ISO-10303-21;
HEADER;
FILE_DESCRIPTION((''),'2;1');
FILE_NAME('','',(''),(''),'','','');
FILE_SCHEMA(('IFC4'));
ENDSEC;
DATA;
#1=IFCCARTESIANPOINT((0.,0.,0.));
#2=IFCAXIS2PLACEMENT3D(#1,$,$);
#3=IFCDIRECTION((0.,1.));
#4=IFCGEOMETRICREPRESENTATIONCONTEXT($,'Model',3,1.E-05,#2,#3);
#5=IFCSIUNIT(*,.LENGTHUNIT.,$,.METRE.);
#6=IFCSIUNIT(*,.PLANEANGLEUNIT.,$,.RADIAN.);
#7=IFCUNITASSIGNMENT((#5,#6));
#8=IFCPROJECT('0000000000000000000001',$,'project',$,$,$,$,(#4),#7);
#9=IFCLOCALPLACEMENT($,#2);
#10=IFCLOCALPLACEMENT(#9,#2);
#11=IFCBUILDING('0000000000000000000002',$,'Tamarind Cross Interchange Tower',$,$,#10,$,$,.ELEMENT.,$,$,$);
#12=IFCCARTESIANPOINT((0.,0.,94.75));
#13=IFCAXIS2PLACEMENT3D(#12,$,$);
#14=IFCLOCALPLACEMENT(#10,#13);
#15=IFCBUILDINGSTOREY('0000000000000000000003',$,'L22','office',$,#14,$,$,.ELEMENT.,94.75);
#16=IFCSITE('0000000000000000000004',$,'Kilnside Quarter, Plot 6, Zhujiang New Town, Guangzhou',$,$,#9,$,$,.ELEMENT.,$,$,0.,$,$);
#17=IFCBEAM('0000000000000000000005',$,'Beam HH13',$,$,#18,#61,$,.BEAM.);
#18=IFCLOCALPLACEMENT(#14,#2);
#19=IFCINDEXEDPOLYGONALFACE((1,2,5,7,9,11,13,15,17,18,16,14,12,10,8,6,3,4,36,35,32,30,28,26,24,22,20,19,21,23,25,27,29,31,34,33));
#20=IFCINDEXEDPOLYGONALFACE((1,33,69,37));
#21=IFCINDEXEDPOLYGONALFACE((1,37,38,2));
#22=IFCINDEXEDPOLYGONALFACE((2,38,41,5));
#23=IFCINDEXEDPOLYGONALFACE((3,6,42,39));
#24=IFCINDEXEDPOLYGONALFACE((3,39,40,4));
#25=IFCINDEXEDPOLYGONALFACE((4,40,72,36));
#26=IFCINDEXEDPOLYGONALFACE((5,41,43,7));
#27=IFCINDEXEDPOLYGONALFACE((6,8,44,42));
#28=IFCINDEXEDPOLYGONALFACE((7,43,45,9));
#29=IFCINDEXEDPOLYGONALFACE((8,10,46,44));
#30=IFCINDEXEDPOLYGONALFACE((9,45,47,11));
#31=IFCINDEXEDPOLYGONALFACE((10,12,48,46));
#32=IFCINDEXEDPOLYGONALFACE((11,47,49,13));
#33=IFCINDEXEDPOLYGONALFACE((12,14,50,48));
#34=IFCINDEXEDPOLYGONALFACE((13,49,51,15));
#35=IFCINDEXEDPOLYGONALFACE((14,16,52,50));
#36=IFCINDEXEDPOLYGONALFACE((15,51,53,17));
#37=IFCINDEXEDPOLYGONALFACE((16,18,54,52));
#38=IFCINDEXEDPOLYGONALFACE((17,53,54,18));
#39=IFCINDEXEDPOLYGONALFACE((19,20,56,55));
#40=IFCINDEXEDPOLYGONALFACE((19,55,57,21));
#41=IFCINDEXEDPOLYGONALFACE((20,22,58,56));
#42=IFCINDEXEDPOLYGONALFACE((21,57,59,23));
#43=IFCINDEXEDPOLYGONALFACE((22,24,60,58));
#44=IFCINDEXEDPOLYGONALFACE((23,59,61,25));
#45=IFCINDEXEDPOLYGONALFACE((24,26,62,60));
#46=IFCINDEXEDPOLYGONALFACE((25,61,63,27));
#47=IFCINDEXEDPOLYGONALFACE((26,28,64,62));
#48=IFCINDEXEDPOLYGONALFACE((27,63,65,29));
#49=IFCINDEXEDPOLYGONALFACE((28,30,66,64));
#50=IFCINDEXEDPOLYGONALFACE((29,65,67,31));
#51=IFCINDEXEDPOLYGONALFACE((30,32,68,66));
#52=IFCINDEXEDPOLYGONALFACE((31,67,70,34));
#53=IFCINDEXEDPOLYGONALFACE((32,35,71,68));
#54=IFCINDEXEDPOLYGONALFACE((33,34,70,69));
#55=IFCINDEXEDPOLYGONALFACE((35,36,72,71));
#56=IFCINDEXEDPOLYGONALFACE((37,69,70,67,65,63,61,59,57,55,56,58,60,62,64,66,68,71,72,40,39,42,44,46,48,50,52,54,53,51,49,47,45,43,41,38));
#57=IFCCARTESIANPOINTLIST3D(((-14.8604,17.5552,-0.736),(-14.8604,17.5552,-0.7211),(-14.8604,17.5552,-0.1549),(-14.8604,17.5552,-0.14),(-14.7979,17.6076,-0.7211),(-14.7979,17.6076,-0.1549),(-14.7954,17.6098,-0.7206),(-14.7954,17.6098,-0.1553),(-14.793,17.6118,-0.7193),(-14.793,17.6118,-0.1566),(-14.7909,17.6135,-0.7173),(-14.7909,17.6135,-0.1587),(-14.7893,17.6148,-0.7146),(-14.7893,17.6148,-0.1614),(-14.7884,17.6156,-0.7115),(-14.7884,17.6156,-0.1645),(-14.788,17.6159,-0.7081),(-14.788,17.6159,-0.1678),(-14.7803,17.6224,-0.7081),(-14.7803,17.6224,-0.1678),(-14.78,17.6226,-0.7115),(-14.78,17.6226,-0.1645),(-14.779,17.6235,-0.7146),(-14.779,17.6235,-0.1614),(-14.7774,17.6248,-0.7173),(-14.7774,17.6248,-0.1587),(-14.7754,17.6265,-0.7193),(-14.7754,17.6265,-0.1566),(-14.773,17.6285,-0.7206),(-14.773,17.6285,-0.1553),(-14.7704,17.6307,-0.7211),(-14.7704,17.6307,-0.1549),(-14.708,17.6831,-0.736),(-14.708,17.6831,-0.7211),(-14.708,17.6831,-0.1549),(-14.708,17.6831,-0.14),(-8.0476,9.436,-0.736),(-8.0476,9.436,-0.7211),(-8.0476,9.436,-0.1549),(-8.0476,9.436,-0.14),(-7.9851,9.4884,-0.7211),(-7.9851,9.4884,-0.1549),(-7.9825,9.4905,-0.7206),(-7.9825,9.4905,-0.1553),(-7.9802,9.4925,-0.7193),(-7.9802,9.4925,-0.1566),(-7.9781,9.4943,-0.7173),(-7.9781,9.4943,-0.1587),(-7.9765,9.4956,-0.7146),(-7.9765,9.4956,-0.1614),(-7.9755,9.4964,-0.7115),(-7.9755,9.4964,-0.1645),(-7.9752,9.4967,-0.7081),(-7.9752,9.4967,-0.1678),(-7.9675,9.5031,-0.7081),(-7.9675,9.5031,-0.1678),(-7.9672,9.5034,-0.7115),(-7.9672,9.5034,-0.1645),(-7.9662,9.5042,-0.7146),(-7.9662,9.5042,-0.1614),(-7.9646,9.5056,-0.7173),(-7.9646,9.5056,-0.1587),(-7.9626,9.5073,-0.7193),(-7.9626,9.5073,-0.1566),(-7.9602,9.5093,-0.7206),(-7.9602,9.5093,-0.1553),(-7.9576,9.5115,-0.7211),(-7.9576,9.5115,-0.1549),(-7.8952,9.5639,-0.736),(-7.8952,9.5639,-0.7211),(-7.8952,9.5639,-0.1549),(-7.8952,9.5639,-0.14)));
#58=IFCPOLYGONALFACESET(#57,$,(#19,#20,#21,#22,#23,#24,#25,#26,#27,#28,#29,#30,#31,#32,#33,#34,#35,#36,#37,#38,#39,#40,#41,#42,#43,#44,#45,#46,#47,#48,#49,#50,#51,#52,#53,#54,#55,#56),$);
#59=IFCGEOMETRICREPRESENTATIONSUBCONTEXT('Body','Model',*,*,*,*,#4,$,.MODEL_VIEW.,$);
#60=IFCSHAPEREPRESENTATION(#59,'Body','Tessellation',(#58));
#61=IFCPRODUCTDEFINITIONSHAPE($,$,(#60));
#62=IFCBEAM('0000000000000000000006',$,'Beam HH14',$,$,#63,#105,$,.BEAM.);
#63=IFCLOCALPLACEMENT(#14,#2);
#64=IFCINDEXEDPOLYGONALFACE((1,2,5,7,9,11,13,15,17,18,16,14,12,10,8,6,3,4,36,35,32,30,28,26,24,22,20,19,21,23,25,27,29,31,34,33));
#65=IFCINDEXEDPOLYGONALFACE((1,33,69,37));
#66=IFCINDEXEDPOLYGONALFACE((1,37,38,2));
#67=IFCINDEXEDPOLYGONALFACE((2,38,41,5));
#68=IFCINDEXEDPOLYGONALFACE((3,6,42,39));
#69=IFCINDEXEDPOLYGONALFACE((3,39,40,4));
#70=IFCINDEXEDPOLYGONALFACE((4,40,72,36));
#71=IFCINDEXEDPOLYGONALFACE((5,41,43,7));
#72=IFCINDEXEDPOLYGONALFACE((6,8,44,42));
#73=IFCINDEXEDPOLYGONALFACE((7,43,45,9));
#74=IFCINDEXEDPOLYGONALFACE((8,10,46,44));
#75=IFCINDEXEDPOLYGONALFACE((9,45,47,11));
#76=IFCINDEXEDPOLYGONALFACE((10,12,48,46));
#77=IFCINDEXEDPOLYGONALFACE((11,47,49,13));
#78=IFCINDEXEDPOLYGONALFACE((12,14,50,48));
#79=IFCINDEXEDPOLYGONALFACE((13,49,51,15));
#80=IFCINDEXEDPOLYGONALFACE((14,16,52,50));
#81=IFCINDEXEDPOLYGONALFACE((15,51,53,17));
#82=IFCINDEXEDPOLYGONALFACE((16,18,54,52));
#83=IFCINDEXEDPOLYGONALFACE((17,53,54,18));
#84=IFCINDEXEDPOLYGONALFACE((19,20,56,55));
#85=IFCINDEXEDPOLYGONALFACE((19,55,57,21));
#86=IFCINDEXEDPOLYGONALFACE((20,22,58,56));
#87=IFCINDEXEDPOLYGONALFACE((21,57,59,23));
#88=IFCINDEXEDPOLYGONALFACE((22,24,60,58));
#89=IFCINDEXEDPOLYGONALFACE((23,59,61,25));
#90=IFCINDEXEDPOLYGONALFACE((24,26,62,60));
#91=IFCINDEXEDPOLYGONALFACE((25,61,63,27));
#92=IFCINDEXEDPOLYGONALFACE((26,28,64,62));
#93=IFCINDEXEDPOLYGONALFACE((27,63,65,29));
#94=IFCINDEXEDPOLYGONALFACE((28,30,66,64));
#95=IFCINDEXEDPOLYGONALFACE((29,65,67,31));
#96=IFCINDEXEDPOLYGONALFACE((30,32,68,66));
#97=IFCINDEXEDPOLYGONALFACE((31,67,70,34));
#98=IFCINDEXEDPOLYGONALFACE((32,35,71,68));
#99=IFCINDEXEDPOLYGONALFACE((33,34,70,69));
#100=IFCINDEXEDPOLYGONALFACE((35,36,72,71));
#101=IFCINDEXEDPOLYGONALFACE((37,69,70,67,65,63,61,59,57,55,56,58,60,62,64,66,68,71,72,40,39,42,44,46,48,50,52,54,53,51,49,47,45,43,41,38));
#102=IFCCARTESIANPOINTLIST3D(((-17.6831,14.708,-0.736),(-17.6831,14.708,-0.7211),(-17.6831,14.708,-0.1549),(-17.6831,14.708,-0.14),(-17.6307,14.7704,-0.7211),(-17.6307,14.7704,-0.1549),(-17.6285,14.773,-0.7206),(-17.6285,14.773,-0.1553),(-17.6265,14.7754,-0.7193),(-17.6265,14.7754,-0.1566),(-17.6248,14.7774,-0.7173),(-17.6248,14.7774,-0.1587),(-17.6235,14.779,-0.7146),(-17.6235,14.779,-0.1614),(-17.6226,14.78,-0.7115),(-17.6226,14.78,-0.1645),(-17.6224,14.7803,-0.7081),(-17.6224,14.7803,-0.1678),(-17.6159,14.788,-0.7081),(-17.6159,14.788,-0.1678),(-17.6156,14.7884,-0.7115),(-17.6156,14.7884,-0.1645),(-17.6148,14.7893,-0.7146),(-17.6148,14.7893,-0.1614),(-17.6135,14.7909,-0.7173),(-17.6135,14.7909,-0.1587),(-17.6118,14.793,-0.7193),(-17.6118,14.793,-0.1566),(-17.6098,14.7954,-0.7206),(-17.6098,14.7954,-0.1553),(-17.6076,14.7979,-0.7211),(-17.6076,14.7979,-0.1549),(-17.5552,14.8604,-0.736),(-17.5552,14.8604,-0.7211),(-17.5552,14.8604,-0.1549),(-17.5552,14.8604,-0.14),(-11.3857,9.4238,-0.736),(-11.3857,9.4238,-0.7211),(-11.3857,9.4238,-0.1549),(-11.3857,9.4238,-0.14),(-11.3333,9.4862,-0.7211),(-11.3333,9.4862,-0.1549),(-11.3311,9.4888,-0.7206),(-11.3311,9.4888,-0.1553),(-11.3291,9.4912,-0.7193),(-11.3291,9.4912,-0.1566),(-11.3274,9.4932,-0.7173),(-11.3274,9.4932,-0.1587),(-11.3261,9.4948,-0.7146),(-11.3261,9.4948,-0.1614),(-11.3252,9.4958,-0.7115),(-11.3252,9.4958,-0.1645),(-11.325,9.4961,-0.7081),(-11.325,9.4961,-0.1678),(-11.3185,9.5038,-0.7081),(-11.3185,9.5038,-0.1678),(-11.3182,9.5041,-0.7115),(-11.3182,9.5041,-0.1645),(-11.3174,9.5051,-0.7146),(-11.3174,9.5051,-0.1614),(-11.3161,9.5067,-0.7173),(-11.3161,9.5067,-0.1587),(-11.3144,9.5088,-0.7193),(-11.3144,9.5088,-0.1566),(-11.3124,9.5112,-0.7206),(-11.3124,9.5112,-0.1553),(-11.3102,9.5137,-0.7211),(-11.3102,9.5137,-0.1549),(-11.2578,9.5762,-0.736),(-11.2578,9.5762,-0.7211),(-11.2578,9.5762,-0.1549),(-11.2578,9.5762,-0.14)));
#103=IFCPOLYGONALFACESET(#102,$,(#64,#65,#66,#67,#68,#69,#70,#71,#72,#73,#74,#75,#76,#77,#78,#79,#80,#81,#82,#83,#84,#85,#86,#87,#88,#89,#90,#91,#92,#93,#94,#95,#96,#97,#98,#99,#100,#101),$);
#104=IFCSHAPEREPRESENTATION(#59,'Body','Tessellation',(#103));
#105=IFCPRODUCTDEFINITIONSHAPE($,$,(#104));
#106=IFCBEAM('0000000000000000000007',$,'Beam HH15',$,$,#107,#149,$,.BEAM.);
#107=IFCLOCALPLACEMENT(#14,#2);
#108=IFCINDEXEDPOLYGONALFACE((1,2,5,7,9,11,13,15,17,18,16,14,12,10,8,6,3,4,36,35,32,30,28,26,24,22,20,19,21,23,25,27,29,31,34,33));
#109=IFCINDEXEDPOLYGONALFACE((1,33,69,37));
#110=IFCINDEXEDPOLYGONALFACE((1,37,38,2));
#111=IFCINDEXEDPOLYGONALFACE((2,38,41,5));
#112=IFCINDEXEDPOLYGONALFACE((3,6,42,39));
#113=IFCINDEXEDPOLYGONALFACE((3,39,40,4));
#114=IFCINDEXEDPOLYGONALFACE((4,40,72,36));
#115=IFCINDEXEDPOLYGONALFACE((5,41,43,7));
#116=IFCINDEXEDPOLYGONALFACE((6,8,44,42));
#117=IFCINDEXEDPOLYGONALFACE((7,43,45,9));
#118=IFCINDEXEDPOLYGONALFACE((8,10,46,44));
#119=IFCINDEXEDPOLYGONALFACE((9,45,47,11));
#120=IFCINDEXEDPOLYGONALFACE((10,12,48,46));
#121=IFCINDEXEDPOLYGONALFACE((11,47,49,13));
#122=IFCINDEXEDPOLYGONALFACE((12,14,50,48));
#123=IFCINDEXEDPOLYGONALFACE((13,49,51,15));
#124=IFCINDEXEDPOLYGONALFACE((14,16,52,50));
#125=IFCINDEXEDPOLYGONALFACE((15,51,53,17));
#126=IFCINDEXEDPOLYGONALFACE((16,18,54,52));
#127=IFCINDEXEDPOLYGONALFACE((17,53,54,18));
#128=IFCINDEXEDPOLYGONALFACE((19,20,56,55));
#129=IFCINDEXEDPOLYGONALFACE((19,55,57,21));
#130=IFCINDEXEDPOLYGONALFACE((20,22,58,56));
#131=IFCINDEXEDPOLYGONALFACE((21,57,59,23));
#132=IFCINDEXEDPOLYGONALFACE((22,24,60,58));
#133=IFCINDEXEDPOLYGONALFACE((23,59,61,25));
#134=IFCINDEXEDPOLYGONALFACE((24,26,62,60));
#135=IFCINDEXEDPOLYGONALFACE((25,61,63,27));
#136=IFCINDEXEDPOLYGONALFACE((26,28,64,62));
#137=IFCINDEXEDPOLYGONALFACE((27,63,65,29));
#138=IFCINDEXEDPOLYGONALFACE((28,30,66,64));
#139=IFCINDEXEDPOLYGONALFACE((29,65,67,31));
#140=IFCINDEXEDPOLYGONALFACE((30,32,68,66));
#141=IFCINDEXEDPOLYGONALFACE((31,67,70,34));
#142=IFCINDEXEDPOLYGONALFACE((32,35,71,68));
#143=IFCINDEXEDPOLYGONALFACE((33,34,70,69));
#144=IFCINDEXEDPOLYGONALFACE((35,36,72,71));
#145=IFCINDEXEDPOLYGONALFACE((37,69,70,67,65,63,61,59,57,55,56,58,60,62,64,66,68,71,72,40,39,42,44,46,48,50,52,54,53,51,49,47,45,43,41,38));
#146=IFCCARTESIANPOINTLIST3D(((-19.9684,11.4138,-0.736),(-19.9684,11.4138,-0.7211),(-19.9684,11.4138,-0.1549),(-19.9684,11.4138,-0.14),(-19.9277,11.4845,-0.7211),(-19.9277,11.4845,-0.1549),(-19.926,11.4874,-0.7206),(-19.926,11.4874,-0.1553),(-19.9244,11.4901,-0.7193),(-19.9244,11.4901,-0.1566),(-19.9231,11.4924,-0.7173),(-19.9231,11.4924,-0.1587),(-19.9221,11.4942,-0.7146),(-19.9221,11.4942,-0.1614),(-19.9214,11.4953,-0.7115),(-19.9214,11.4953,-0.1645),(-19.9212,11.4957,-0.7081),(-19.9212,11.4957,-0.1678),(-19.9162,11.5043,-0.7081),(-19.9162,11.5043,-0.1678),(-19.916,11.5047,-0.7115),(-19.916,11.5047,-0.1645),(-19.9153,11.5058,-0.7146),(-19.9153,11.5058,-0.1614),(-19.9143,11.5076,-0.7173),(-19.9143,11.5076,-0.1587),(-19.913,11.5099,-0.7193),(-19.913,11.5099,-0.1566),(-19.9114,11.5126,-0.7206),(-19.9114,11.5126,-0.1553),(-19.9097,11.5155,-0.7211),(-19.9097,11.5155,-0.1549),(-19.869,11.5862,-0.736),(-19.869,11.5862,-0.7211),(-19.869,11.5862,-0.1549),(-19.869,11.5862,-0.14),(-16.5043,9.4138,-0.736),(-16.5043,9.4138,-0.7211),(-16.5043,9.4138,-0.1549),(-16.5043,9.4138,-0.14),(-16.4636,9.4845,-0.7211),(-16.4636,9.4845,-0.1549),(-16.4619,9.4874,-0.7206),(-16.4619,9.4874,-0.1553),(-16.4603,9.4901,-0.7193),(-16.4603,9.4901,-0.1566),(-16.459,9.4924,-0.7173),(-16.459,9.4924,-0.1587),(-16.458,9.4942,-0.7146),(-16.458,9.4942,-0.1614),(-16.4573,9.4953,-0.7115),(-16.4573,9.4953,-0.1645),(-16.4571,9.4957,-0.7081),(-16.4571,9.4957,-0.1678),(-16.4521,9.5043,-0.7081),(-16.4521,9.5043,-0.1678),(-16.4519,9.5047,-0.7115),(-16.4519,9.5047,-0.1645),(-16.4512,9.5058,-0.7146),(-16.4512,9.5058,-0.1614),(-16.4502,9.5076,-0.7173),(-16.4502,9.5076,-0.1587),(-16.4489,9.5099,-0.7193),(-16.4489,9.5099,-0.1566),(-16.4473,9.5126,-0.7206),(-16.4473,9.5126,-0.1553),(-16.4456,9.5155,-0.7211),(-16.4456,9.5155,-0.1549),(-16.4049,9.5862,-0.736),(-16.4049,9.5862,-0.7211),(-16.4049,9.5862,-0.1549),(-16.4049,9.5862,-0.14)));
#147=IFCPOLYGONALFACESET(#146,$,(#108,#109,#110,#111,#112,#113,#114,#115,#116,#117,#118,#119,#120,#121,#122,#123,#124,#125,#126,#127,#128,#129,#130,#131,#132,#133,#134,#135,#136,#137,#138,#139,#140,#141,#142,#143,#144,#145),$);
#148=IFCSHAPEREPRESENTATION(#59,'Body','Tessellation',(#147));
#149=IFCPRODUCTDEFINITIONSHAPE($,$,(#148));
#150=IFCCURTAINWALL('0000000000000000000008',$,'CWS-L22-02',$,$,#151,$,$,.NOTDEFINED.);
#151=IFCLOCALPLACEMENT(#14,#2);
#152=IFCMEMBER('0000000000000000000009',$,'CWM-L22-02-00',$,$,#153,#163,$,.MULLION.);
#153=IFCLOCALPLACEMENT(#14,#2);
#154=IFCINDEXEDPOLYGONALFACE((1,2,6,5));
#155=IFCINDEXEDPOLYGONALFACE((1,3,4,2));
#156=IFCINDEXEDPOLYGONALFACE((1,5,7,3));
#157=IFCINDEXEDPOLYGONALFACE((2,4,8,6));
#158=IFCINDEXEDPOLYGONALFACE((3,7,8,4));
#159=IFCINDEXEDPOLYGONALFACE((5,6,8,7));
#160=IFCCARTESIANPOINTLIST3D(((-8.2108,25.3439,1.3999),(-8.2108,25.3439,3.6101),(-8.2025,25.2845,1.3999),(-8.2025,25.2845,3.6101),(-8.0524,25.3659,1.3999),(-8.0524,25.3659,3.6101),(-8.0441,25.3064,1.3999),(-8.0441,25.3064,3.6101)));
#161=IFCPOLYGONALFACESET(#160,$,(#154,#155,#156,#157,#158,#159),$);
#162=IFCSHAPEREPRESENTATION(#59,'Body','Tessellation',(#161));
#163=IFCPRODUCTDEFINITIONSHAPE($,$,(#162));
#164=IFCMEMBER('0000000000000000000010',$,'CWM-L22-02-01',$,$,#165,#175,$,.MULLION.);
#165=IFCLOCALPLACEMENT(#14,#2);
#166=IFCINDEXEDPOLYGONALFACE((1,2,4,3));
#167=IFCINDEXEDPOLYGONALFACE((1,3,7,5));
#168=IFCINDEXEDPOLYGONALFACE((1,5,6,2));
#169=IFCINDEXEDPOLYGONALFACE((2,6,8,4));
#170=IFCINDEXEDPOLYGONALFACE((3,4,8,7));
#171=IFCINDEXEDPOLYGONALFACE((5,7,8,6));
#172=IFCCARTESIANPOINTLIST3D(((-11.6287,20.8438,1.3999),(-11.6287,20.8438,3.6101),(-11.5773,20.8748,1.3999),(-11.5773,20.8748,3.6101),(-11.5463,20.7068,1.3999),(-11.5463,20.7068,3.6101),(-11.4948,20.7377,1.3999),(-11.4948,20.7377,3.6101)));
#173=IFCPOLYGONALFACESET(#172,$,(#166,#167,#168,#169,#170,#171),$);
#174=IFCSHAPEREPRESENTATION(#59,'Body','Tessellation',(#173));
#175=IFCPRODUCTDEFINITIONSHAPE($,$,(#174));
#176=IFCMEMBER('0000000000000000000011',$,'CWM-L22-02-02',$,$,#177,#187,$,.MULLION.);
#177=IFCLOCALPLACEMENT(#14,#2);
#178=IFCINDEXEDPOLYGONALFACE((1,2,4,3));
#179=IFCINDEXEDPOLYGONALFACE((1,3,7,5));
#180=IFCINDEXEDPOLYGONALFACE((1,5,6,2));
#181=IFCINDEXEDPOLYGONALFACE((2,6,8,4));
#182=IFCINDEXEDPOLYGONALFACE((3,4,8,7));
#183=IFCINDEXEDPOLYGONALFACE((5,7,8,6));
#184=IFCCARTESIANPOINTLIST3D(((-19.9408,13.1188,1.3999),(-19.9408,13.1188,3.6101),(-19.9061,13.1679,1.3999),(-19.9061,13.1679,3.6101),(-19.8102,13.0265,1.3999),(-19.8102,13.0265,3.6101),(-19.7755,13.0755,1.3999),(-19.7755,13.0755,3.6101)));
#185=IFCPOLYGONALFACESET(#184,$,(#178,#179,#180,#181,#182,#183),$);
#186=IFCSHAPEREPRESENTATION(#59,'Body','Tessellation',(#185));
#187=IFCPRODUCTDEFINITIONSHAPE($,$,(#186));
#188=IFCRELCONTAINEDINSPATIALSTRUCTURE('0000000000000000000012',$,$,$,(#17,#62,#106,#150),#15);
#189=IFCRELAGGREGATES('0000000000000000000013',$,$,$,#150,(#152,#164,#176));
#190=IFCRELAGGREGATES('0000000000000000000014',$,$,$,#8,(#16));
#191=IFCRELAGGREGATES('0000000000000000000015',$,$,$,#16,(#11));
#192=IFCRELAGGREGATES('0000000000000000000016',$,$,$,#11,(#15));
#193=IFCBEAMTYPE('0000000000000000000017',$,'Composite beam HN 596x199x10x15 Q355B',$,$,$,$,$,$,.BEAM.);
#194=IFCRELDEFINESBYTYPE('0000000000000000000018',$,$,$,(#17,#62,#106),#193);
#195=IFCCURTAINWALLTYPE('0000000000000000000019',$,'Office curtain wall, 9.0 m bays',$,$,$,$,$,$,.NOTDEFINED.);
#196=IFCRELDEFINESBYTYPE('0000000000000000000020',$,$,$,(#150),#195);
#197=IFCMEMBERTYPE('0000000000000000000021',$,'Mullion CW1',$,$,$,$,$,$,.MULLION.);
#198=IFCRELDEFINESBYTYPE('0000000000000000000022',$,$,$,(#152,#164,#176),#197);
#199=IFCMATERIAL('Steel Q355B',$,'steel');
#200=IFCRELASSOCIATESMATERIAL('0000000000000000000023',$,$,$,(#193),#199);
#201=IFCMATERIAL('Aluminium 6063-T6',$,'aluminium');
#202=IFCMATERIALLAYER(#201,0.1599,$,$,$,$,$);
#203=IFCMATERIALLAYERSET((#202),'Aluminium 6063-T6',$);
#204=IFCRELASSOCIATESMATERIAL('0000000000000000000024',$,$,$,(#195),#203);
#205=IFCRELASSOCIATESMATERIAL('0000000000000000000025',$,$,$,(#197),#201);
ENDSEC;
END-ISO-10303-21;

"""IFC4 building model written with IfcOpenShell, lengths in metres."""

from ifc_helpers import new_model, si_unit, direction, frame, origin, origin_2d, place, context, subcontext, project, spatial, rectangle, i_section, extrude, material, layer, layer_set, material_profile, profile_set, type_object, element, aggregate, save


model = new_model("IFC4")

# Units and contexts
model_context = context("Model", 3, precision=1e-05, world=origin(), true_north=direction((0.0, 1.0)))
body_context = subcontext(model_context, "Body", "Model", "MODEL_VIEW")
ifc_project = project(units=[si_unit("LENGTHUNIT", "METRE"), si_unit("PLANEANGLEUNIT", "RADIAN")], contexts=[model_context])

# Site, building, storey
site_placement = place(None, origin())
site = spatial("IfcSite", under=ifc_project, at=site_placement, Name="Kilnside Quarter, Plot 6, Zhujiang New Town, Guangzhou", CompositionType="ELEMENT", RefElevation=0.0)
building_placement = place(site_placement, origin())
building = spatial("IfcBuilding", under=site, at=building_placement, Name="Tamarind Cross Interchange Tower", CompositionType="ELEMENT")
storey_placement = place(building_placement, frame((0.0, 0.0, 94.75)))
storey = spatial("IfcBuildingStorey", under=building, at=storey_placement, Name="L22", Description="office", CompositionType="ELEMENT", Elevation=94.75)

# Beams
ifc_material_1 = material(Name="Steel Q355B", Category="steel")
ifc_material_profile_1 = material_profile(ifc_material_1, i_section(OverallWidth=0.199, OverallDepth=0.5959, WebThickness=0.01, FlangeThickness=0.0149, FilletRadius=0.0129, at=origin_2d()), Name="HN 596x199x10x15")
ifc_profile_set_1 = profile_set([ifc_material_profile_1], Name="Steel Q355B")
beam_type = type_object("IfcBeamType", Name="Composite beam HN 596x199x10x15 Q355B", PredefinedType="BEAM", material=ifc_profile_set_1)
beam_1_placement = place(storey_placement, frame((-14.7842, 17.6191, -0.438), z_axis=(0.642786, -0.766046, 0.0), x_axis=(0.766046, 0.642786, 0.0)))
element("IfcBeam", 1, at=beam_1_placement, inside=storey, type_object=beam_type, Name="Beam HH13", PredefinedType="BEAM", context=body_context, shape_type="SweptSolid", body=[
    extrude(i_section(OverallWidth=0.199, OverallDepth=0.5959, WebThickness=0.01, FlangeThickness=0.0149, FilletRadius=0.0129, at=origin_2d()), origin(), (0.0, 0.0, 1.0), 10.5989),
])
beam_2_placement = place(storey_placement, frame((-17.6191, 14.7842, -0.438), z_axis=(0.766041, -0.642792, 0.0), x_axis=(0.642792, 0.766041, 0.0)))
element("IfcBeam", 2, at=beam_2_placement, inside=storey, type_object=beam_type, Name="Beam HH14", PredefinedType="BEAM", context=body_context, shape_type="SweptSolid", body=[
    extrude(i_section(OverallWidth=0.199, OverallDepth=0.5959, WebThickness=0.01, FlangeThickness=0.0149, FilletRadius=0.0129, at=origin_2d()), origin(), (0.0, 0.0, 1.0), 8.2207),
])
beam_3_placement = place(storey_placement, frame((-19.9187, 11.5, -0.438), z_axis=(0.866026, -0.499999, 0.0), x_axis=(0.499999, 0.866026, 0.0)))
element("IfcBeam", 3, at=beam_3_placement, inside=storey, type_object=beam_type, Name="Beam HH15", PredefinedType="BEAM", context=body_context, shape_type="SweptSolid", body=[
    extrude(i_section(OverallWidth=0.199, OverallDepth=0.5959, WebThickness=0.01, FlangeThickness=0.0149, FilletRadius=0.0129, at=origin_2d()), origin(), (0.0, 0.0, 1.0), 4.0),
])

# Curtain wall, members
ifc_material_2 = material(Name="Aluminium 6063-T6", Category="aluminium")
ifc_layer_1 = layer(ifc_material_2, 0.1599)
ifc_layer_set_1 = layer_set([ifc_layer_1], Name="Aluminium 6063-T6")
curtain_wall_type = type_object("IfcCurtainWallType", Name="Office curtain wall, 9.0 m bays", PredefinedType="NOTDEFINED", material=ifc_layer_set_1)
curtain_wall_placement = place(storey_placement, origin())
curtain_wall = element("IfcCurtainWall", 4, at=curtain_wall_placement, inside=storey, type_object=curtain_wall_type, Name="CWS-L22-02", PredefinedType="NOTDEFINED")
ifc_material_profile_2 = material_profile(ifc_material_2, rectangle(XDim=0.0601, YDim=0.1599, at=origin_2d()), Name="Mullion CW1")
ifc_profile_set_2 = profile_set([ifc_material_profile_2], Name="Aluminium 6063-T6")
member_type = type_object("IfcMemberType", Name="Mullion CW1", PredefinedType="MULLION", material=ifc_profile_set_2)
member_1_placement = place(storey_placement, frame((-8.1274, 25.3252, 1.3999), z_axis=(0.0, 0.0, 1.0), x_axis=(0.13754, -0.990496, 0.0)))
member_1 = element("IfcMember", 5, at=member_1_placement, type_object=member_type, Name="CWM-L22-02-00", PredefinedType="MULLION", context=body_context, shape_type="SweptSolid", body=[
    extrude(rectangle(XDim=0.0601, YDim=0.1599, at=origin_2d()), origin(), (0.0, 0.0, 1.0), 2.2102),
])
member_2_placement = place(storey_placement, frame((-11.5618, 20.7908, 1.3999), z_axis=(0.0, 0.0, 1.0), x_axis=(-0.856843, -0.515577, 0.0)))
member_2 = element("IfcMember", 6, at=member_2_placement, type_object=member_type, Name="CWM-L22-02-01", PredefinedType="MULLION", context=body_context, shape_type="SweptSolid", body=[
    extrude(rectangle(XDim=0.0601, YDim=0.1599, at=origin_2d()), origin(), (0.0, 0.0, 1.0), 2.2102),
])
member_3_placement = place(storey_placement, frame((-19.8582, 13.0972, 1.3999), z_axis=(0.0, 0.0, 1.0), x_axis=(-0.577569, -0.816342, 0.0)))
member_3 = element("IfcMember", 7, at=member_3_placement, type_object=member_type, Name="CWM-L22-02-02", PredefinedType="MULLION", context=body_context, shape_type="SweptSolid", body=[
    extrude(rectangle(XDim=0.0601, YDim=0.1599, at=origin_2d()), origin(), (0.0, 0.0, 1.0), 2.2102),
])
aggregate(curtain_wall, [member_1, member_2, member_3])

save(model, "model.ifc")
